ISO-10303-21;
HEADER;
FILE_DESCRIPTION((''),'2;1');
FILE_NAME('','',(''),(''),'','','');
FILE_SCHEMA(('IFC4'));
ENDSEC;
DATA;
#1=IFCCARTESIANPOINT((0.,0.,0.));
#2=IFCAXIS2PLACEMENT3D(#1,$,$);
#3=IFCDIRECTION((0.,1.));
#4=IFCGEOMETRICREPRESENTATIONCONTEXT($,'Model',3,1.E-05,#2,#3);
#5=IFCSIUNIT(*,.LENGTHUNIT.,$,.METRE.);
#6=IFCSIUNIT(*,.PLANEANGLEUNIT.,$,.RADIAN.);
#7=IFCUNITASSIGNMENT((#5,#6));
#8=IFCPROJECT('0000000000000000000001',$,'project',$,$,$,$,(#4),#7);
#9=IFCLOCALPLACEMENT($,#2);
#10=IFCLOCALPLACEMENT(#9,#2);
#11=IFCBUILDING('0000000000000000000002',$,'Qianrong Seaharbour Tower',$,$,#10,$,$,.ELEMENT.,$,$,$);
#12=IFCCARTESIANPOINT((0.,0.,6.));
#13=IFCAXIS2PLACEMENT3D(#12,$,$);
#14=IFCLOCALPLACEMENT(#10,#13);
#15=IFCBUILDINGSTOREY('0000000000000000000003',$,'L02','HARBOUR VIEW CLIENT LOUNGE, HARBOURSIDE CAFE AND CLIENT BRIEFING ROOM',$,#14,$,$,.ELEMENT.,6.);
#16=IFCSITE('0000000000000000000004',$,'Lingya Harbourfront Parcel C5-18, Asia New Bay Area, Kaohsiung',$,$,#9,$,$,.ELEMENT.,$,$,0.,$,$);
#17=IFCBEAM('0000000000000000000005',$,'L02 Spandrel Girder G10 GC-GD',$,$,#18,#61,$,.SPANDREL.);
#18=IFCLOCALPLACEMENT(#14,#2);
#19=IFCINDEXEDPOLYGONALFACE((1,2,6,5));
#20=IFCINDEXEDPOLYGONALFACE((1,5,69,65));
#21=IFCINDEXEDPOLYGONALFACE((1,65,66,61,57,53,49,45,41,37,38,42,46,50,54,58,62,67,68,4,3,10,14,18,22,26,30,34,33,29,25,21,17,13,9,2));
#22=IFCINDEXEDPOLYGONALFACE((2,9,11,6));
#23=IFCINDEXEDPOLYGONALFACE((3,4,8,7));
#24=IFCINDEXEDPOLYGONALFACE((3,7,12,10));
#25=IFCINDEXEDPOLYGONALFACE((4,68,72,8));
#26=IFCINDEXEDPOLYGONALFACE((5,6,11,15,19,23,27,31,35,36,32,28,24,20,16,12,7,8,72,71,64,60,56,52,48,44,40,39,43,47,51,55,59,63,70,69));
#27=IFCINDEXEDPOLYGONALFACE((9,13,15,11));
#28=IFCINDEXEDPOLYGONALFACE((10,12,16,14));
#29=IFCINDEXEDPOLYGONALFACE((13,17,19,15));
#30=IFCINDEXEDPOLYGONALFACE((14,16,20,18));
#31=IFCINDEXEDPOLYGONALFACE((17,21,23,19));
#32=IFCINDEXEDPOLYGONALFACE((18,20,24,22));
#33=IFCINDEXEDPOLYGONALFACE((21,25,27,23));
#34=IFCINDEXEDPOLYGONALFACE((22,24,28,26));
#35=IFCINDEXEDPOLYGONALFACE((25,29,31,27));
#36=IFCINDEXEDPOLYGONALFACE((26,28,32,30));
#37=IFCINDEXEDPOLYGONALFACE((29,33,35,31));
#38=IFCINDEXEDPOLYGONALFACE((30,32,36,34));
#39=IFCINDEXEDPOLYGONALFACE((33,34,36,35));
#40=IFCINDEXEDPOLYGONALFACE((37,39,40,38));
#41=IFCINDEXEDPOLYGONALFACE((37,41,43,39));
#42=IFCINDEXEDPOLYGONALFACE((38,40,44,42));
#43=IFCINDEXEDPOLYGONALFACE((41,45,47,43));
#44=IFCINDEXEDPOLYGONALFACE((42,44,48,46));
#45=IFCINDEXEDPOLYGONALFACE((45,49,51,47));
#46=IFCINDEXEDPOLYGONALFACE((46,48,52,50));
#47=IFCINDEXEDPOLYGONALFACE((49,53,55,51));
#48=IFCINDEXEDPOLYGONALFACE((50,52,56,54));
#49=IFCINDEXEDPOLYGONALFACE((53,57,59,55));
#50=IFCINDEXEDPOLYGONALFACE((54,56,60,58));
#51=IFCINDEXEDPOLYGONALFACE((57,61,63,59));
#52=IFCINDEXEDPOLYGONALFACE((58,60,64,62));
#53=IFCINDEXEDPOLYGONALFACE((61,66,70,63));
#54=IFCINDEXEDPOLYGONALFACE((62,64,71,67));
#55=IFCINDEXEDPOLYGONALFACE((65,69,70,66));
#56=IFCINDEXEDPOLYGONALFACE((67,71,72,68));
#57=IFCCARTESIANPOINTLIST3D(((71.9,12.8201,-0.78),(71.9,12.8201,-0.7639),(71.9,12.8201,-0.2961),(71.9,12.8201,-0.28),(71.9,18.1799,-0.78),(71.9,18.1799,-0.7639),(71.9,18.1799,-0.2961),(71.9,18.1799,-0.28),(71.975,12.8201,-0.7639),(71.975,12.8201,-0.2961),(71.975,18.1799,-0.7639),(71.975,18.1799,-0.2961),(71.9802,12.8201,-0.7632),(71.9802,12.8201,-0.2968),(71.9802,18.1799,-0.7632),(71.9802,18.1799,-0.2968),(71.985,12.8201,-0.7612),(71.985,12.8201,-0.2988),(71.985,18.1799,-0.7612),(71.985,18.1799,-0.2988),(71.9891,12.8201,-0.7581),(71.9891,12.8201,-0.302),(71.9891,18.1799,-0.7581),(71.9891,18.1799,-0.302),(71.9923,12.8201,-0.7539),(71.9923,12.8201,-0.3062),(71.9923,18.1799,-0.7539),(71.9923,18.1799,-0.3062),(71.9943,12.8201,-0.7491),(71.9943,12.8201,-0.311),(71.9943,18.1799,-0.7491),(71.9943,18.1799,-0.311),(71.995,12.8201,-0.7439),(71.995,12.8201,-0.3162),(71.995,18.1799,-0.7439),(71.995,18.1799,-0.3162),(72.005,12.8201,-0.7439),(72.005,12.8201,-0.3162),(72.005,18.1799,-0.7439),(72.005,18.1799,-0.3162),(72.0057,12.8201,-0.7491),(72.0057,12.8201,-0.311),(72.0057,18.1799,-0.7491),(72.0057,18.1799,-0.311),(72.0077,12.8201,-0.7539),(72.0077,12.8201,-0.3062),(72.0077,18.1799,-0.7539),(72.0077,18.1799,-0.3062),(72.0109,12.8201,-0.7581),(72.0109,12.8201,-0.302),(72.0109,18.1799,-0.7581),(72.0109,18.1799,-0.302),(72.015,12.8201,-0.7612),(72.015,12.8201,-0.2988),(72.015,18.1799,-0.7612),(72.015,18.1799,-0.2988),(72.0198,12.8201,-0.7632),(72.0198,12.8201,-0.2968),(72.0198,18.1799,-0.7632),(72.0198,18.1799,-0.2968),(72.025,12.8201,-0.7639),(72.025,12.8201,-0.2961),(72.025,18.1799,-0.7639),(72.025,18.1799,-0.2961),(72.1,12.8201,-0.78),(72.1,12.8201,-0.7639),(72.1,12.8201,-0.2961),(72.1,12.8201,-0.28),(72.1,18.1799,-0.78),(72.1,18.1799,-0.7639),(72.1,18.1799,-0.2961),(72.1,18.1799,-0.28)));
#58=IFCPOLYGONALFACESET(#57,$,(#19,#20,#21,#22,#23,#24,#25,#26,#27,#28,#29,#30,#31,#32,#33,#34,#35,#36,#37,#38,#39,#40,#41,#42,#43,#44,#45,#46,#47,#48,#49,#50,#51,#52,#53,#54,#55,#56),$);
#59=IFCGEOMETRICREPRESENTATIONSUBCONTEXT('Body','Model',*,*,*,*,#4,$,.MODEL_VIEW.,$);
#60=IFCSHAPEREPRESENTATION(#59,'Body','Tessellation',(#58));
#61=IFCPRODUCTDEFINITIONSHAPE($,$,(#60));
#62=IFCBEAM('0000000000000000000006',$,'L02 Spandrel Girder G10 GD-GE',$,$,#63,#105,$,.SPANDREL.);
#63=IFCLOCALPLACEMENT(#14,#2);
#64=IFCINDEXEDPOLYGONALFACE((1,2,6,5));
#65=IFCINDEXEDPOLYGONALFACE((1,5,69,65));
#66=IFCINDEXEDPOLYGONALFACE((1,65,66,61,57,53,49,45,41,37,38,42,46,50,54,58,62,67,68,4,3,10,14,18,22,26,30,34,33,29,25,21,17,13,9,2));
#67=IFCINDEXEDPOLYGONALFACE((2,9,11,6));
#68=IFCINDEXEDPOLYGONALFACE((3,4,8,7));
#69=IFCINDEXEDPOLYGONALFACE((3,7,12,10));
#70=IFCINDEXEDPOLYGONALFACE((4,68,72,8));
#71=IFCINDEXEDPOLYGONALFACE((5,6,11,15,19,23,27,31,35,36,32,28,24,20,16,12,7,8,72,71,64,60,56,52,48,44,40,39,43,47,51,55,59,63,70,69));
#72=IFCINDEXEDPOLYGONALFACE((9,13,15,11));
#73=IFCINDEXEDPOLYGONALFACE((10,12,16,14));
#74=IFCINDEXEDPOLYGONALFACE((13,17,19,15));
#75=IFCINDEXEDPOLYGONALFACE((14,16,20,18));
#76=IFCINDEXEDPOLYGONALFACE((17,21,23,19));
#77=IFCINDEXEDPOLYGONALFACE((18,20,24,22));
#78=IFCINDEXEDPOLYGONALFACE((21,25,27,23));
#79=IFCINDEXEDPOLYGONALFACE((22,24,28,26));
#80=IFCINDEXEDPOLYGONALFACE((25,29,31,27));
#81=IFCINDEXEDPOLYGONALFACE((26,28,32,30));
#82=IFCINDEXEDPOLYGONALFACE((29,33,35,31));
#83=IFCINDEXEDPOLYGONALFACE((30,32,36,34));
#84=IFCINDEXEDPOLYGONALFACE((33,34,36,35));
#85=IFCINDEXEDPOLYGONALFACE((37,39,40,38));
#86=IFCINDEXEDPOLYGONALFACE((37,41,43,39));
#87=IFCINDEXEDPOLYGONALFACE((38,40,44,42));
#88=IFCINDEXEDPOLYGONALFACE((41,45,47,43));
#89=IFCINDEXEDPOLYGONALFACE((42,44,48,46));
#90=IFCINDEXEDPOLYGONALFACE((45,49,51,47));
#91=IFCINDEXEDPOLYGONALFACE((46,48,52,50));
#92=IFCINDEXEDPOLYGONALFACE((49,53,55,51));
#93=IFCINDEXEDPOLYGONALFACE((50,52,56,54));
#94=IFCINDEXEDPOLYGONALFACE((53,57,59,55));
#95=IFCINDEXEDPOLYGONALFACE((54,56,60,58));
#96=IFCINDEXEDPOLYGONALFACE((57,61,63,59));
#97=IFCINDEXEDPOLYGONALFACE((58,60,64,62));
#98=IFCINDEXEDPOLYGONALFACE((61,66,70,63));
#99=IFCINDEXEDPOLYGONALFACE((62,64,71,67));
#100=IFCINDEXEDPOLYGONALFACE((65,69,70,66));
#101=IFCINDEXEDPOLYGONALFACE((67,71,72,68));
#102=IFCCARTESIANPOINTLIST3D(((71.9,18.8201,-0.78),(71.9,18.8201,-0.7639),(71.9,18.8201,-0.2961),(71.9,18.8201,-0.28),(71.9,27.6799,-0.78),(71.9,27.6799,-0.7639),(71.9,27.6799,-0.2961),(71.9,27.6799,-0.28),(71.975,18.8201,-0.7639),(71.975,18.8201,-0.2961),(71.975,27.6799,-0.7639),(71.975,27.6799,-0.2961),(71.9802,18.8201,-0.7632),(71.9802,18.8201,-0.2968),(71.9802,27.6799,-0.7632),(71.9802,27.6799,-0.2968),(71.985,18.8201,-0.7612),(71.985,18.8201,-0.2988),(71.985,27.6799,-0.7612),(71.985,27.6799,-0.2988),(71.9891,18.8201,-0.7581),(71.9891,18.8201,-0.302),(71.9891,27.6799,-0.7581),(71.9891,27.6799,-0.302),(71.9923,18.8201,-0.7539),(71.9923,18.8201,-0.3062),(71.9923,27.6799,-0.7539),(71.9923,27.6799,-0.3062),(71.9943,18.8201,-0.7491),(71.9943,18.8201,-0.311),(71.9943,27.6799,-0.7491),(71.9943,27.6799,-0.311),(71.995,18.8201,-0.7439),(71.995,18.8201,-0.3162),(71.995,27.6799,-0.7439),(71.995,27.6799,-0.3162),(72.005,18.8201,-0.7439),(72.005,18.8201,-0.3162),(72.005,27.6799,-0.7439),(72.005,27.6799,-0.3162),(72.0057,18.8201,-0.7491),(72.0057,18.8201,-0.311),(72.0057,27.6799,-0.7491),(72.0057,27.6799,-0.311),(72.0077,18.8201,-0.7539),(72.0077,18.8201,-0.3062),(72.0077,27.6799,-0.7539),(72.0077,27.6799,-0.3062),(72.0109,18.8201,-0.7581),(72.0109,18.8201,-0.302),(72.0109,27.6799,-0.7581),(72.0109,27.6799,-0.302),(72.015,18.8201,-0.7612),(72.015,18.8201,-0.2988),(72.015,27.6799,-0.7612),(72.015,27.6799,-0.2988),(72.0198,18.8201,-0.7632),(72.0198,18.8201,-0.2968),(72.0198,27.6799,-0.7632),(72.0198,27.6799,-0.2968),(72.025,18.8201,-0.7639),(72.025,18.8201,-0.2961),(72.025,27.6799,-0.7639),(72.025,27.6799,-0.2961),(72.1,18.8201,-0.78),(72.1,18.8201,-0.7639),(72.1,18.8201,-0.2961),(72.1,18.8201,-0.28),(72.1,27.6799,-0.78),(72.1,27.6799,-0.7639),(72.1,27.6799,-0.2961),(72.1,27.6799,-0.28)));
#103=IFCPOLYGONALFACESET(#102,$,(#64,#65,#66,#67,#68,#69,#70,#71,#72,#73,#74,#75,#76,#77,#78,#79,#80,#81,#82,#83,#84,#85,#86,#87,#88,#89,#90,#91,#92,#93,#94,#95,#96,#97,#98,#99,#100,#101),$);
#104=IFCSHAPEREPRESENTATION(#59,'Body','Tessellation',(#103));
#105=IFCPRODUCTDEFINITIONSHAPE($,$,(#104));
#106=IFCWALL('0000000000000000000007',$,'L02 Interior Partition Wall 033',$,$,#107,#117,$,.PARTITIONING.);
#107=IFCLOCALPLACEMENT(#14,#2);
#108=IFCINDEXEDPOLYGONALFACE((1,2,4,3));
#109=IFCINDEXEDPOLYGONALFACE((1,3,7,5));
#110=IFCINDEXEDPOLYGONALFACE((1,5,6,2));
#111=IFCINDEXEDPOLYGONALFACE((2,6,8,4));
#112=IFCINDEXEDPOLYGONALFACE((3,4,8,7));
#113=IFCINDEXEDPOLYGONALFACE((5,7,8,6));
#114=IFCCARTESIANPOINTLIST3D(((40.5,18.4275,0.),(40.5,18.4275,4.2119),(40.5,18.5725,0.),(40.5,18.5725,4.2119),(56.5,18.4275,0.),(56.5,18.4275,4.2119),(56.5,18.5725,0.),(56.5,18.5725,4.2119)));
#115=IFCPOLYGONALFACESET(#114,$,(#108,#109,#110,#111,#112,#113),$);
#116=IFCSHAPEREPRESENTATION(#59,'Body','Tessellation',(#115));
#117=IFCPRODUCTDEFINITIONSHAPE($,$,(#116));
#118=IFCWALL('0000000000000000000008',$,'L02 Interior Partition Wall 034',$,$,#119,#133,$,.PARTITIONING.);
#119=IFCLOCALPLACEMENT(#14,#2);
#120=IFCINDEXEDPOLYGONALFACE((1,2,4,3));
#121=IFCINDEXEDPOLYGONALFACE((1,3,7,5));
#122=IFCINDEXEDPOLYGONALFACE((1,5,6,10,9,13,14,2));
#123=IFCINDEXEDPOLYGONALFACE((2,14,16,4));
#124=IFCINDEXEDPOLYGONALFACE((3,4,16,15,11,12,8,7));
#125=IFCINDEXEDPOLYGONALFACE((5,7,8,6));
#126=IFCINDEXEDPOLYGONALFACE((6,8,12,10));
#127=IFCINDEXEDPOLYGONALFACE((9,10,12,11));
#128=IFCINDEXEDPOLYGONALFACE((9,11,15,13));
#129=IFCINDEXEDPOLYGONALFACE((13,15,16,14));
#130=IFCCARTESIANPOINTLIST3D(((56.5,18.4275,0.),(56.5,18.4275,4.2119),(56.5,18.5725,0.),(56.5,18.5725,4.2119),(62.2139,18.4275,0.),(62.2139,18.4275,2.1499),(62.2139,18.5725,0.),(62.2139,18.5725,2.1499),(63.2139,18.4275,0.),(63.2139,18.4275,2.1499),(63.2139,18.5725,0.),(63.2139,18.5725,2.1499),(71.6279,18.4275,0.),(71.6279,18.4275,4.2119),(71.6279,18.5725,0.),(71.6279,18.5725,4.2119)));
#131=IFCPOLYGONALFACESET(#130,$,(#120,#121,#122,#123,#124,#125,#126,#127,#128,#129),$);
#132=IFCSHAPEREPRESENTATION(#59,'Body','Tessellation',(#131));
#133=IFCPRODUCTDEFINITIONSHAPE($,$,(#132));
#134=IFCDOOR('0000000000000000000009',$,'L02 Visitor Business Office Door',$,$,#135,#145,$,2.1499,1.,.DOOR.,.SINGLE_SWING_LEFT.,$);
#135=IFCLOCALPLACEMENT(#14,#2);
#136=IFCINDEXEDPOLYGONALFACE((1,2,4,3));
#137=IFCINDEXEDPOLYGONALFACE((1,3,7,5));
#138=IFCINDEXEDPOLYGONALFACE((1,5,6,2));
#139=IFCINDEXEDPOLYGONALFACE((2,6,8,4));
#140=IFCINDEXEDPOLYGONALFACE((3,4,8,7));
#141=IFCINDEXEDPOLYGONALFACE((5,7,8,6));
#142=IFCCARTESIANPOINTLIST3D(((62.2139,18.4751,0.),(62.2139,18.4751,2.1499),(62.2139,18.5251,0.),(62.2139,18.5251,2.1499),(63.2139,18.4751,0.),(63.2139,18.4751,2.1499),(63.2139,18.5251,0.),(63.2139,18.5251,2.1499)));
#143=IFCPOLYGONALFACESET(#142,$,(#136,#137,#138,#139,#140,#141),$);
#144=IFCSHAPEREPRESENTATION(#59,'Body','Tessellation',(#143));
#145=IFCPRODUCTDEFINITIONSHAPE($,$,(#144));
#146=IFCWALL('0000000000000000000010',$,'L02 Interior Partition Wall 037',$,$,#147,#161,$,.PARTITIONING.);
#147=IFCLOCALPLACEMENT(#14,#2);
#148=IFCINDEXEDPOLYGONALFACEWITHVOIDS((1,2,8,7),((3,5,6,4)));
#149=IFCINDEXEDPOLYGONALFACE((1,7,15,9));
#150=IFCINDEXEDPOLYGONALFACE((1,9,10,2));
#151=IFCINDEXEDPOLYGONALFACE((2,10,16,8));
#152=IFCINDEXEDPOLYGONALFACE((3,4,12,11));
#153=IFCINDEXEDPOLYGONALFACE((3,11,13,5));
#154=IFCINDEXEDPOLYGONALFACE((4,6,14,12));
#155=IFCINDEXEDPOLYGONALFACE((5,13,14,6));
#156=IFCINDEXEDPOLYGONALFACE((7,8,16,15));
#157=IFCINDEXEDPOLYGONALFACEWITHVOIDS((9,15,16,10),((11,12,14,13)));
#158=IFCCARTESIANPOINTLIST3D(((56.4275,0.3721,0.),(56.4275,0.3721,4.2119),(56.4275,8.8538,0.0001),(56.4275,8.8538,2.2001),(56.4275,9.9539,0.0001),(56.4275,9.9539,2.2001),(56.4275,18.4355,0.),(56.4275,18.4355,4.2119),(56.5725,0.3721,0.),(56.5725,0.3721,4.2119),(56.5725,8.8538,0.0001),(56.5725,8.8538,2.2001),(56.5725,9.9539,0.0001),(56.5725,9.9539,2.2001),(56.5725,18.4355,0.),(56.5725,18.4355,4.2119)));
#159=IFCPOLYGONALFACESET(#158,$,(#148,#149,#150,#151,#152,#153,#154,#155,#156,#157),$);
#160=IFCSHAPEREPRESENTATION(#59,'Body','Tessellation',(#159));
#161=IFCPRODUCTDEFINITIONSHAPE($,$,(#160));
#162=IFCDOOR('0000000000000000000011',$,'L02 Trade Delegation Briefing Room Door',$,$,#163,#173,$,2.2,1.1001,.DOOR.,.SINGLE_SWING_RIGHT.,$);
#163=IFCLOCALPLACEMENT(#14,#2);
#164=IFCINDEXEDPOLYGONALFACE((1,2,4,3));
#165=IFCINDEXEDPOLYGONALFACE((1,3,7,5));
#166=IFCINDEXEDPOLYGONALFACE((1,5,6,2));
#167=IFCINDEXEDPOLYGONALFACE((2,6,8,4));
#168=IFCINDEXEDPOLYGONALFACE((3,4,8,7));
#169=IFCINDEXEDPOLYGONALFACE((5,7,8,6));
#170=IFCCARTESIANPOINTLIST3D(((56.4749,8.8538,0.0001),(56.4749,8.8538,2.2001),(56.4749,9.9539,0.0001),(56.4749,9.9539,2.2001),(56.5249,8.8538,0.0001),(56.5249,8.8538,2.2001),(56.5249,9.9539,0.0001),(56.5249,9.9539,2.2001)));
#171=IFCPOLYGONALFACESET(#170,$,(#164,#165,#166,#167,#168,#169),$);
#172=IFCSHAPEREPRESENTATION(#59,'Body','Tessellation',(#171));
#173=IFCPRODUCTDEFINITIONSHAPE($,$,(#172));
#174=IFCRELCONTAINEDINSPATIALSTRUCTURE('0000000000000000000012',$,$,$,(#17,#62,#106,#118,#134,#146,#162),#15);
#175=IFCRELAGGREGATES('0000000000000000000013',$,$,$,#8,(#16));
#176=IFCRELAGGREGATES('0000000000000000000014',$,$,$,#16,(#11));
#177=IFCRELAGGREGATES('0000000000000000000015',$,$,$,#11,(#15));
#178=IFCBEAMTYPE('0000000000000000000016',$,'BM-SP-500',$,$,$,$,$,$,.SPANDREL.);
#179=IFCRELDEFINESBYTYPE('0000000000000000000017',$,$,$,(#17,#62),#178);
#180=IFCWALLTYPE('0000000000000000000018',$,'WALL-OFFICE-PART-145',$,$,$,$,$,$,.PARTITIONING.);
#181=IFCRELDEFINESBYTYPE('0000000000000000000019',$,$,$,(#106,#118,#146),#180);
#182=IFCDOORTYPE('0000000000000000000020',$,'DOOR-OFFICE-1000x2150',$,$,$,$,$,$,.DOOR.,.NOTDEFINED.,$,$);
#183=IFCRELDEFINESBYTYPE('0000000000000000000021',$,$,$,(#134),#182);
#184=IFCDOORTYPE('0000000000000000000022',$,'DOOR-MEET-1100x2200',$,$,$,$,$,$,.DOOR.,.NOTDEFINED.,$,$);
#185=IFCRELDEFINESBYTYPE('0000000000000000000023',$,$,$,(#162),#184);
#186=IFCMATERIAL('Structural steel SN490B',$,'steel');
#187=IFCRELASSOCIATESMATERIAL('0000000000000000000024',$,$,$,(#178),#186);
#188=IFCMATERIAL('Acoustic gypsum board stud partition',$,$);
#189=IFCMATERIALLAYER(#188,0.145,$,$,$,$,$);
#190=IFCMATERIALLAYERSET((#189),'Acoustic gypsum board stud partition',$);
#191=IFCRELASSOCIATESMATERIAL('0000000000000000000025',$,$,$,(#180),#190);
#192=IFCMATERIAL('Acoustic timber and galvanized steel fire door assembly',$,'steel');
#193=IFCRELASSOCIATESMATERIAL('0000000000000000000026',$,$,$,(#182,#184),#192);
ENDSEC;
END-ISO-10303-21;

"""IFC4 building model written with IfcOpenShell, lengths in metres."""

from ifc_helpers import new_model, si_unit, direction, frame, frame_2d, origin, origin_2d, place, context, subcontext, project, spatial, rectangle, i_section, extrude, material, layer, layer_set, material_profile, profile_set, type_object, element, fill, save


model = new_model("IFC4")

# Units and contexts
model_context = context("Model", 3, precision=1e-05, world=origin(), true_north=direction((0.0, 1.0)))
body_context = subcontext(model_context, "Body", "Model", "MODEL_VIEW")
ifc_project = project(units=[si_unit("LENGTHUNIT", "METRE"), si_unit("PLANEANGLEUNIT", "RADIAN")], contexts=[model_context])

# Site, building, storey
site_placement = place(None, origin())
site = spatial("IfcSite", under=ifc_project, at=site_placement, Name="Lingya Harbourfront Parcel C5-18, Asia New Bay Area, Kaohsiung", CompositionType="ELEMENT", RefElevation=0.0)
building_placement = place(site_placement, origin())
building = spatial("IfcBuilding", under=site, at=building_placement, Name="Qianrong Seaharbour Tower", CompositionType="ELEMENT")
storey_placement = place(building_placement, frame((0.0, 0.0, 6.0)))
storey = spatial("IfcBuildingStorey", under=building, at=storey_placement, Name="L02", Description="HARBOUR VIEW CLIENT LOUNGE, HARBOURSIDE CAFE AND CLIENT BRIEFING ROOM", CompositionType="ELEMENT", Elevation=6.0)

# Shared definitions
ifc_material_1 = material(Name="Structural steel SN490B", Category="steel")

# Beams
ifc_material_profile_1 = material_profile(ifc_material_1, i_section(OverallWidth=0.2, OverallDepth=0.5, WebThickness=0.01, FlangeThickness=0.0161, FilletRadius=0.02, at=origin_2d()), Name="H500x200x10x16")
ifc_profile_set_1 = profile_set([ifc_material_profile_1], Name="Structural steel SN490B")
beam_type_1 = type_object("IfcBeamType", Name="BM-SP-500", PredefinedType="SPANDREL", material=ifc_profile_set_1)
beam_1_placement = place(storey_placement, frame((72.0, 12.8201, -0.53), z_axis=(0.0, 1.0, 0.0), x_axis=(-1.0, 0.0, 0.0)))
element("IfcBeam", 1, at=beam_1_placement, inside=storey, type_object=beam_type_1, Name="L02 Spandrel Girder G10 GC-GD", PredefinedType="SPANDREL", context=body_context, shape_type="SweptSolid", body=[
    extrude(i_section(OverallWidth=0.2, OverallDepth=0.5, WebThickness=0.01, FlangeThickness=0.0161, FilletRadius=0.02, at=origin_2d()), origin(), (0.0, 0.0, 1.0), 5.3599),
])
beam_2_placement = place(storey_placement, frame((72.0, 18.8201, -0.53), z_axis=(0.0, 1.0, 0.0), x_axis=(-1.0, 0.0, 0.0)))
element("IfcBeam", 2, at=beam_2_placement, inside=storey, type_object=beam_type_1, Name="L02 Spandrel Girder G10 GD-GE", PredefinedType="SPANDREL", context=body_context, shape_type="SweptSolid", body=[
    extrude(i_section(OverallWidth=0.2, OverallDepth=0.5, WebThickness=0.01, FlangeThickness=0.0161, FilletRadius=0.02, at=origin_2d()), origin(), (0.0, 0.0, 1.0), 8.8599),
])

# Wall
ifc_material_2 = material(Name="Acoustic gypsum board stud partition")
ifc_layer = layer(ifc_material_2, 0.145)
ifc_layer_set = layer_set([ifc_layer], Name="Acoustic gypsum board stud partition")
wall_type = type_object("IfcWallType", Name="WALL-OFFICE-PART-145", PredefinedType="PARTITIONING", material=ifc_layer_set)
wall_1_placement = place(storey_placement, frame((56.5, 18.5, 0.0), z_axis=(0.0, 0.0, 1.0), x_axis=(-1.0, 0.0, 0.0)))
element("IfcWall", 3, at=wall_1_placement, inside=storey, type_object=wall_type, Name="L02 Interior Partition Wall 033", PredefinedType="PARTITIONING", context=body_context, shape_type="SweptSolid", body=[
    extrude(rectangle(XDim=16.0, YDim=0.145, at=frame_2d((8.0, 0.0))), origin(), (0.0, 0.0, 1.0), 4.2119),
])

# Walls, openings, doors
wall_2_placement = place(storey_placement, frame((71.6279, 18.5, 0.0), z_axis=(0.0, 0.0, 1.0), x_axis=(-1.0, 0.0, 0.0)))
wall_2 = element("IfcWall", 4, at=wall_2_placement, inside=storey, type_object=wall_type, Name="L02 Interior Partition Wall 034", PredefinedType="PARTITIONING", context=body_context, shape_type="SweptSolid", body=[
    extrude(rectangle(XDim=15.1279, YDim=0.145, at=frame_2d((7.564, 0.0))), origin(), (0.0, 0.0, 1.0), 4.2119),
])
opening_1_placement = place(wall_2_placement, frame((8.4141, 0.0, 0.0)))
opening_1 = element("IfcOpeningElement", 5, at=opening_1_placement, cuts=wall_2, PredefinedType="OPENING", context=body_context, shape_type="SweptSolid", body=[
    extrude(rectangle(XDim=1.0, YDim=2.1499, at=frame_2d((0.5, 1.075))), frame((0.0, 0.0825, 0.0), z_axis=(0.0, -1.0, 0.0), x_axis=(1.0, 0.0, 0.0)), (0.0, 0.0, 1.0), 0.165),
])
ifc_material_3 = material(Name="Acoustic timber and galvanized steel fire door assembly", Category="steel")
door_type_1 = type_object("IfcDoorType", Name="DOOR-OFFICE-1000x2150", OperationType="NOTDEFINED", PredefinedType="DOOR", material=ifc_material_3)
door_1_placement = place(opening_1_placement, origin())
door_1 = element("IfcDoor", 6, at=door_1_placement, inside=storey, type_object=door_type_1, Name="L02 Visitor Business Office Door", OperationType="SINGLE_SWING_LEFT", OverallHeight=2.1499, OverallWidth=1.0, PredefinedType="DOOR", context=body_context, shape_type="SweptSolid", body=[
    extrude(rectangle(XDim=1.0, YDim=2.1499, at=frame_2d((0.5, 1.075))), frame((0.0, 0.0249, 0.0), z_axis=(0.0, -1.0, 0.0), x_axis=(1.0, 0.0, 0.0)), (0.0, 0.0, 1.0), 0.05),
])
fill(opening_1, door_1)
wall_3_placement = place(storey_placement, frame((56.5, 18.4355, 0.0), z_axis=(0.0, 0.0, 1.0), x_axis=(0.0, -1.0, 0.0)))
wall_3 = element("IfcWall", 7, at=wall_3_placement, inside=storey, type_object=wall_type, Name="L02 Interior Partition Wall 037", PredefinedType="PARTITIONING", context=body_context, shape_type="SweptSolid", body=[
    extrude(rectangle(XDim=18.0635, YDim=0.145, at=frame_2d((9.0317, 0.0))), origin(), (0.0, 0.0, 1.0), 4.2119),
])
opening_2_placement = place(wall_3_placement, frame((8.4817, 0.0, 0.0)))
opening_2 = element("IfcOpeningElement", 8, at=opening_2_placement, cuts=wall_3, PredefinedType="OPENING", context=body_context, shape_type="SweptSolid", body=[
    extrude(rectangle(XDim=1.1001, YDim=2.2, at=frame_2d((0.55, 1.1001))), frame((0.0, 0.0825, 0.0), z_axis=(0.0, -1.0, 0.0), x_axis=(1.0, 0.0, 0.0)), (0.0, 0.0, 1.0), 0.165),
])
door_type_2 = type_object("IfcDoorType", Name="DOOR-MEET-1100x2200", OperationType="NOTDEFINED", PredefinedType="DOOR", material=ifc_material_3)
door_2_placement = place(opening_2_placement, origin())
door_2 = element("IfcDoor", 9, at=door_2_placement, inside=storey, type_object=door_type_2, Name="L02 Trade Delegation Briefing Room Door", OperationType="SINGLE_SWING_RIGHT", OverallHeight=2.2, OverallWidth=1.1001, PredefinedType="DOOR", context=body_context, shape_type="SweptSolid", body=[
    extrude(rectangle(XDim=1.1001, YDim=2.2, at=frame_2d((0.55, 1.1001))), frame((0.0, 0.0249, 0.0), z_axis=(0.0, -1.0, 0.0), x_axis=(1.0, 0.0, 0.0)), (0.0, 0.0, 1.0), 0.05),
])
fill(opening_2, door_2)

save(model, "model.ifc")
